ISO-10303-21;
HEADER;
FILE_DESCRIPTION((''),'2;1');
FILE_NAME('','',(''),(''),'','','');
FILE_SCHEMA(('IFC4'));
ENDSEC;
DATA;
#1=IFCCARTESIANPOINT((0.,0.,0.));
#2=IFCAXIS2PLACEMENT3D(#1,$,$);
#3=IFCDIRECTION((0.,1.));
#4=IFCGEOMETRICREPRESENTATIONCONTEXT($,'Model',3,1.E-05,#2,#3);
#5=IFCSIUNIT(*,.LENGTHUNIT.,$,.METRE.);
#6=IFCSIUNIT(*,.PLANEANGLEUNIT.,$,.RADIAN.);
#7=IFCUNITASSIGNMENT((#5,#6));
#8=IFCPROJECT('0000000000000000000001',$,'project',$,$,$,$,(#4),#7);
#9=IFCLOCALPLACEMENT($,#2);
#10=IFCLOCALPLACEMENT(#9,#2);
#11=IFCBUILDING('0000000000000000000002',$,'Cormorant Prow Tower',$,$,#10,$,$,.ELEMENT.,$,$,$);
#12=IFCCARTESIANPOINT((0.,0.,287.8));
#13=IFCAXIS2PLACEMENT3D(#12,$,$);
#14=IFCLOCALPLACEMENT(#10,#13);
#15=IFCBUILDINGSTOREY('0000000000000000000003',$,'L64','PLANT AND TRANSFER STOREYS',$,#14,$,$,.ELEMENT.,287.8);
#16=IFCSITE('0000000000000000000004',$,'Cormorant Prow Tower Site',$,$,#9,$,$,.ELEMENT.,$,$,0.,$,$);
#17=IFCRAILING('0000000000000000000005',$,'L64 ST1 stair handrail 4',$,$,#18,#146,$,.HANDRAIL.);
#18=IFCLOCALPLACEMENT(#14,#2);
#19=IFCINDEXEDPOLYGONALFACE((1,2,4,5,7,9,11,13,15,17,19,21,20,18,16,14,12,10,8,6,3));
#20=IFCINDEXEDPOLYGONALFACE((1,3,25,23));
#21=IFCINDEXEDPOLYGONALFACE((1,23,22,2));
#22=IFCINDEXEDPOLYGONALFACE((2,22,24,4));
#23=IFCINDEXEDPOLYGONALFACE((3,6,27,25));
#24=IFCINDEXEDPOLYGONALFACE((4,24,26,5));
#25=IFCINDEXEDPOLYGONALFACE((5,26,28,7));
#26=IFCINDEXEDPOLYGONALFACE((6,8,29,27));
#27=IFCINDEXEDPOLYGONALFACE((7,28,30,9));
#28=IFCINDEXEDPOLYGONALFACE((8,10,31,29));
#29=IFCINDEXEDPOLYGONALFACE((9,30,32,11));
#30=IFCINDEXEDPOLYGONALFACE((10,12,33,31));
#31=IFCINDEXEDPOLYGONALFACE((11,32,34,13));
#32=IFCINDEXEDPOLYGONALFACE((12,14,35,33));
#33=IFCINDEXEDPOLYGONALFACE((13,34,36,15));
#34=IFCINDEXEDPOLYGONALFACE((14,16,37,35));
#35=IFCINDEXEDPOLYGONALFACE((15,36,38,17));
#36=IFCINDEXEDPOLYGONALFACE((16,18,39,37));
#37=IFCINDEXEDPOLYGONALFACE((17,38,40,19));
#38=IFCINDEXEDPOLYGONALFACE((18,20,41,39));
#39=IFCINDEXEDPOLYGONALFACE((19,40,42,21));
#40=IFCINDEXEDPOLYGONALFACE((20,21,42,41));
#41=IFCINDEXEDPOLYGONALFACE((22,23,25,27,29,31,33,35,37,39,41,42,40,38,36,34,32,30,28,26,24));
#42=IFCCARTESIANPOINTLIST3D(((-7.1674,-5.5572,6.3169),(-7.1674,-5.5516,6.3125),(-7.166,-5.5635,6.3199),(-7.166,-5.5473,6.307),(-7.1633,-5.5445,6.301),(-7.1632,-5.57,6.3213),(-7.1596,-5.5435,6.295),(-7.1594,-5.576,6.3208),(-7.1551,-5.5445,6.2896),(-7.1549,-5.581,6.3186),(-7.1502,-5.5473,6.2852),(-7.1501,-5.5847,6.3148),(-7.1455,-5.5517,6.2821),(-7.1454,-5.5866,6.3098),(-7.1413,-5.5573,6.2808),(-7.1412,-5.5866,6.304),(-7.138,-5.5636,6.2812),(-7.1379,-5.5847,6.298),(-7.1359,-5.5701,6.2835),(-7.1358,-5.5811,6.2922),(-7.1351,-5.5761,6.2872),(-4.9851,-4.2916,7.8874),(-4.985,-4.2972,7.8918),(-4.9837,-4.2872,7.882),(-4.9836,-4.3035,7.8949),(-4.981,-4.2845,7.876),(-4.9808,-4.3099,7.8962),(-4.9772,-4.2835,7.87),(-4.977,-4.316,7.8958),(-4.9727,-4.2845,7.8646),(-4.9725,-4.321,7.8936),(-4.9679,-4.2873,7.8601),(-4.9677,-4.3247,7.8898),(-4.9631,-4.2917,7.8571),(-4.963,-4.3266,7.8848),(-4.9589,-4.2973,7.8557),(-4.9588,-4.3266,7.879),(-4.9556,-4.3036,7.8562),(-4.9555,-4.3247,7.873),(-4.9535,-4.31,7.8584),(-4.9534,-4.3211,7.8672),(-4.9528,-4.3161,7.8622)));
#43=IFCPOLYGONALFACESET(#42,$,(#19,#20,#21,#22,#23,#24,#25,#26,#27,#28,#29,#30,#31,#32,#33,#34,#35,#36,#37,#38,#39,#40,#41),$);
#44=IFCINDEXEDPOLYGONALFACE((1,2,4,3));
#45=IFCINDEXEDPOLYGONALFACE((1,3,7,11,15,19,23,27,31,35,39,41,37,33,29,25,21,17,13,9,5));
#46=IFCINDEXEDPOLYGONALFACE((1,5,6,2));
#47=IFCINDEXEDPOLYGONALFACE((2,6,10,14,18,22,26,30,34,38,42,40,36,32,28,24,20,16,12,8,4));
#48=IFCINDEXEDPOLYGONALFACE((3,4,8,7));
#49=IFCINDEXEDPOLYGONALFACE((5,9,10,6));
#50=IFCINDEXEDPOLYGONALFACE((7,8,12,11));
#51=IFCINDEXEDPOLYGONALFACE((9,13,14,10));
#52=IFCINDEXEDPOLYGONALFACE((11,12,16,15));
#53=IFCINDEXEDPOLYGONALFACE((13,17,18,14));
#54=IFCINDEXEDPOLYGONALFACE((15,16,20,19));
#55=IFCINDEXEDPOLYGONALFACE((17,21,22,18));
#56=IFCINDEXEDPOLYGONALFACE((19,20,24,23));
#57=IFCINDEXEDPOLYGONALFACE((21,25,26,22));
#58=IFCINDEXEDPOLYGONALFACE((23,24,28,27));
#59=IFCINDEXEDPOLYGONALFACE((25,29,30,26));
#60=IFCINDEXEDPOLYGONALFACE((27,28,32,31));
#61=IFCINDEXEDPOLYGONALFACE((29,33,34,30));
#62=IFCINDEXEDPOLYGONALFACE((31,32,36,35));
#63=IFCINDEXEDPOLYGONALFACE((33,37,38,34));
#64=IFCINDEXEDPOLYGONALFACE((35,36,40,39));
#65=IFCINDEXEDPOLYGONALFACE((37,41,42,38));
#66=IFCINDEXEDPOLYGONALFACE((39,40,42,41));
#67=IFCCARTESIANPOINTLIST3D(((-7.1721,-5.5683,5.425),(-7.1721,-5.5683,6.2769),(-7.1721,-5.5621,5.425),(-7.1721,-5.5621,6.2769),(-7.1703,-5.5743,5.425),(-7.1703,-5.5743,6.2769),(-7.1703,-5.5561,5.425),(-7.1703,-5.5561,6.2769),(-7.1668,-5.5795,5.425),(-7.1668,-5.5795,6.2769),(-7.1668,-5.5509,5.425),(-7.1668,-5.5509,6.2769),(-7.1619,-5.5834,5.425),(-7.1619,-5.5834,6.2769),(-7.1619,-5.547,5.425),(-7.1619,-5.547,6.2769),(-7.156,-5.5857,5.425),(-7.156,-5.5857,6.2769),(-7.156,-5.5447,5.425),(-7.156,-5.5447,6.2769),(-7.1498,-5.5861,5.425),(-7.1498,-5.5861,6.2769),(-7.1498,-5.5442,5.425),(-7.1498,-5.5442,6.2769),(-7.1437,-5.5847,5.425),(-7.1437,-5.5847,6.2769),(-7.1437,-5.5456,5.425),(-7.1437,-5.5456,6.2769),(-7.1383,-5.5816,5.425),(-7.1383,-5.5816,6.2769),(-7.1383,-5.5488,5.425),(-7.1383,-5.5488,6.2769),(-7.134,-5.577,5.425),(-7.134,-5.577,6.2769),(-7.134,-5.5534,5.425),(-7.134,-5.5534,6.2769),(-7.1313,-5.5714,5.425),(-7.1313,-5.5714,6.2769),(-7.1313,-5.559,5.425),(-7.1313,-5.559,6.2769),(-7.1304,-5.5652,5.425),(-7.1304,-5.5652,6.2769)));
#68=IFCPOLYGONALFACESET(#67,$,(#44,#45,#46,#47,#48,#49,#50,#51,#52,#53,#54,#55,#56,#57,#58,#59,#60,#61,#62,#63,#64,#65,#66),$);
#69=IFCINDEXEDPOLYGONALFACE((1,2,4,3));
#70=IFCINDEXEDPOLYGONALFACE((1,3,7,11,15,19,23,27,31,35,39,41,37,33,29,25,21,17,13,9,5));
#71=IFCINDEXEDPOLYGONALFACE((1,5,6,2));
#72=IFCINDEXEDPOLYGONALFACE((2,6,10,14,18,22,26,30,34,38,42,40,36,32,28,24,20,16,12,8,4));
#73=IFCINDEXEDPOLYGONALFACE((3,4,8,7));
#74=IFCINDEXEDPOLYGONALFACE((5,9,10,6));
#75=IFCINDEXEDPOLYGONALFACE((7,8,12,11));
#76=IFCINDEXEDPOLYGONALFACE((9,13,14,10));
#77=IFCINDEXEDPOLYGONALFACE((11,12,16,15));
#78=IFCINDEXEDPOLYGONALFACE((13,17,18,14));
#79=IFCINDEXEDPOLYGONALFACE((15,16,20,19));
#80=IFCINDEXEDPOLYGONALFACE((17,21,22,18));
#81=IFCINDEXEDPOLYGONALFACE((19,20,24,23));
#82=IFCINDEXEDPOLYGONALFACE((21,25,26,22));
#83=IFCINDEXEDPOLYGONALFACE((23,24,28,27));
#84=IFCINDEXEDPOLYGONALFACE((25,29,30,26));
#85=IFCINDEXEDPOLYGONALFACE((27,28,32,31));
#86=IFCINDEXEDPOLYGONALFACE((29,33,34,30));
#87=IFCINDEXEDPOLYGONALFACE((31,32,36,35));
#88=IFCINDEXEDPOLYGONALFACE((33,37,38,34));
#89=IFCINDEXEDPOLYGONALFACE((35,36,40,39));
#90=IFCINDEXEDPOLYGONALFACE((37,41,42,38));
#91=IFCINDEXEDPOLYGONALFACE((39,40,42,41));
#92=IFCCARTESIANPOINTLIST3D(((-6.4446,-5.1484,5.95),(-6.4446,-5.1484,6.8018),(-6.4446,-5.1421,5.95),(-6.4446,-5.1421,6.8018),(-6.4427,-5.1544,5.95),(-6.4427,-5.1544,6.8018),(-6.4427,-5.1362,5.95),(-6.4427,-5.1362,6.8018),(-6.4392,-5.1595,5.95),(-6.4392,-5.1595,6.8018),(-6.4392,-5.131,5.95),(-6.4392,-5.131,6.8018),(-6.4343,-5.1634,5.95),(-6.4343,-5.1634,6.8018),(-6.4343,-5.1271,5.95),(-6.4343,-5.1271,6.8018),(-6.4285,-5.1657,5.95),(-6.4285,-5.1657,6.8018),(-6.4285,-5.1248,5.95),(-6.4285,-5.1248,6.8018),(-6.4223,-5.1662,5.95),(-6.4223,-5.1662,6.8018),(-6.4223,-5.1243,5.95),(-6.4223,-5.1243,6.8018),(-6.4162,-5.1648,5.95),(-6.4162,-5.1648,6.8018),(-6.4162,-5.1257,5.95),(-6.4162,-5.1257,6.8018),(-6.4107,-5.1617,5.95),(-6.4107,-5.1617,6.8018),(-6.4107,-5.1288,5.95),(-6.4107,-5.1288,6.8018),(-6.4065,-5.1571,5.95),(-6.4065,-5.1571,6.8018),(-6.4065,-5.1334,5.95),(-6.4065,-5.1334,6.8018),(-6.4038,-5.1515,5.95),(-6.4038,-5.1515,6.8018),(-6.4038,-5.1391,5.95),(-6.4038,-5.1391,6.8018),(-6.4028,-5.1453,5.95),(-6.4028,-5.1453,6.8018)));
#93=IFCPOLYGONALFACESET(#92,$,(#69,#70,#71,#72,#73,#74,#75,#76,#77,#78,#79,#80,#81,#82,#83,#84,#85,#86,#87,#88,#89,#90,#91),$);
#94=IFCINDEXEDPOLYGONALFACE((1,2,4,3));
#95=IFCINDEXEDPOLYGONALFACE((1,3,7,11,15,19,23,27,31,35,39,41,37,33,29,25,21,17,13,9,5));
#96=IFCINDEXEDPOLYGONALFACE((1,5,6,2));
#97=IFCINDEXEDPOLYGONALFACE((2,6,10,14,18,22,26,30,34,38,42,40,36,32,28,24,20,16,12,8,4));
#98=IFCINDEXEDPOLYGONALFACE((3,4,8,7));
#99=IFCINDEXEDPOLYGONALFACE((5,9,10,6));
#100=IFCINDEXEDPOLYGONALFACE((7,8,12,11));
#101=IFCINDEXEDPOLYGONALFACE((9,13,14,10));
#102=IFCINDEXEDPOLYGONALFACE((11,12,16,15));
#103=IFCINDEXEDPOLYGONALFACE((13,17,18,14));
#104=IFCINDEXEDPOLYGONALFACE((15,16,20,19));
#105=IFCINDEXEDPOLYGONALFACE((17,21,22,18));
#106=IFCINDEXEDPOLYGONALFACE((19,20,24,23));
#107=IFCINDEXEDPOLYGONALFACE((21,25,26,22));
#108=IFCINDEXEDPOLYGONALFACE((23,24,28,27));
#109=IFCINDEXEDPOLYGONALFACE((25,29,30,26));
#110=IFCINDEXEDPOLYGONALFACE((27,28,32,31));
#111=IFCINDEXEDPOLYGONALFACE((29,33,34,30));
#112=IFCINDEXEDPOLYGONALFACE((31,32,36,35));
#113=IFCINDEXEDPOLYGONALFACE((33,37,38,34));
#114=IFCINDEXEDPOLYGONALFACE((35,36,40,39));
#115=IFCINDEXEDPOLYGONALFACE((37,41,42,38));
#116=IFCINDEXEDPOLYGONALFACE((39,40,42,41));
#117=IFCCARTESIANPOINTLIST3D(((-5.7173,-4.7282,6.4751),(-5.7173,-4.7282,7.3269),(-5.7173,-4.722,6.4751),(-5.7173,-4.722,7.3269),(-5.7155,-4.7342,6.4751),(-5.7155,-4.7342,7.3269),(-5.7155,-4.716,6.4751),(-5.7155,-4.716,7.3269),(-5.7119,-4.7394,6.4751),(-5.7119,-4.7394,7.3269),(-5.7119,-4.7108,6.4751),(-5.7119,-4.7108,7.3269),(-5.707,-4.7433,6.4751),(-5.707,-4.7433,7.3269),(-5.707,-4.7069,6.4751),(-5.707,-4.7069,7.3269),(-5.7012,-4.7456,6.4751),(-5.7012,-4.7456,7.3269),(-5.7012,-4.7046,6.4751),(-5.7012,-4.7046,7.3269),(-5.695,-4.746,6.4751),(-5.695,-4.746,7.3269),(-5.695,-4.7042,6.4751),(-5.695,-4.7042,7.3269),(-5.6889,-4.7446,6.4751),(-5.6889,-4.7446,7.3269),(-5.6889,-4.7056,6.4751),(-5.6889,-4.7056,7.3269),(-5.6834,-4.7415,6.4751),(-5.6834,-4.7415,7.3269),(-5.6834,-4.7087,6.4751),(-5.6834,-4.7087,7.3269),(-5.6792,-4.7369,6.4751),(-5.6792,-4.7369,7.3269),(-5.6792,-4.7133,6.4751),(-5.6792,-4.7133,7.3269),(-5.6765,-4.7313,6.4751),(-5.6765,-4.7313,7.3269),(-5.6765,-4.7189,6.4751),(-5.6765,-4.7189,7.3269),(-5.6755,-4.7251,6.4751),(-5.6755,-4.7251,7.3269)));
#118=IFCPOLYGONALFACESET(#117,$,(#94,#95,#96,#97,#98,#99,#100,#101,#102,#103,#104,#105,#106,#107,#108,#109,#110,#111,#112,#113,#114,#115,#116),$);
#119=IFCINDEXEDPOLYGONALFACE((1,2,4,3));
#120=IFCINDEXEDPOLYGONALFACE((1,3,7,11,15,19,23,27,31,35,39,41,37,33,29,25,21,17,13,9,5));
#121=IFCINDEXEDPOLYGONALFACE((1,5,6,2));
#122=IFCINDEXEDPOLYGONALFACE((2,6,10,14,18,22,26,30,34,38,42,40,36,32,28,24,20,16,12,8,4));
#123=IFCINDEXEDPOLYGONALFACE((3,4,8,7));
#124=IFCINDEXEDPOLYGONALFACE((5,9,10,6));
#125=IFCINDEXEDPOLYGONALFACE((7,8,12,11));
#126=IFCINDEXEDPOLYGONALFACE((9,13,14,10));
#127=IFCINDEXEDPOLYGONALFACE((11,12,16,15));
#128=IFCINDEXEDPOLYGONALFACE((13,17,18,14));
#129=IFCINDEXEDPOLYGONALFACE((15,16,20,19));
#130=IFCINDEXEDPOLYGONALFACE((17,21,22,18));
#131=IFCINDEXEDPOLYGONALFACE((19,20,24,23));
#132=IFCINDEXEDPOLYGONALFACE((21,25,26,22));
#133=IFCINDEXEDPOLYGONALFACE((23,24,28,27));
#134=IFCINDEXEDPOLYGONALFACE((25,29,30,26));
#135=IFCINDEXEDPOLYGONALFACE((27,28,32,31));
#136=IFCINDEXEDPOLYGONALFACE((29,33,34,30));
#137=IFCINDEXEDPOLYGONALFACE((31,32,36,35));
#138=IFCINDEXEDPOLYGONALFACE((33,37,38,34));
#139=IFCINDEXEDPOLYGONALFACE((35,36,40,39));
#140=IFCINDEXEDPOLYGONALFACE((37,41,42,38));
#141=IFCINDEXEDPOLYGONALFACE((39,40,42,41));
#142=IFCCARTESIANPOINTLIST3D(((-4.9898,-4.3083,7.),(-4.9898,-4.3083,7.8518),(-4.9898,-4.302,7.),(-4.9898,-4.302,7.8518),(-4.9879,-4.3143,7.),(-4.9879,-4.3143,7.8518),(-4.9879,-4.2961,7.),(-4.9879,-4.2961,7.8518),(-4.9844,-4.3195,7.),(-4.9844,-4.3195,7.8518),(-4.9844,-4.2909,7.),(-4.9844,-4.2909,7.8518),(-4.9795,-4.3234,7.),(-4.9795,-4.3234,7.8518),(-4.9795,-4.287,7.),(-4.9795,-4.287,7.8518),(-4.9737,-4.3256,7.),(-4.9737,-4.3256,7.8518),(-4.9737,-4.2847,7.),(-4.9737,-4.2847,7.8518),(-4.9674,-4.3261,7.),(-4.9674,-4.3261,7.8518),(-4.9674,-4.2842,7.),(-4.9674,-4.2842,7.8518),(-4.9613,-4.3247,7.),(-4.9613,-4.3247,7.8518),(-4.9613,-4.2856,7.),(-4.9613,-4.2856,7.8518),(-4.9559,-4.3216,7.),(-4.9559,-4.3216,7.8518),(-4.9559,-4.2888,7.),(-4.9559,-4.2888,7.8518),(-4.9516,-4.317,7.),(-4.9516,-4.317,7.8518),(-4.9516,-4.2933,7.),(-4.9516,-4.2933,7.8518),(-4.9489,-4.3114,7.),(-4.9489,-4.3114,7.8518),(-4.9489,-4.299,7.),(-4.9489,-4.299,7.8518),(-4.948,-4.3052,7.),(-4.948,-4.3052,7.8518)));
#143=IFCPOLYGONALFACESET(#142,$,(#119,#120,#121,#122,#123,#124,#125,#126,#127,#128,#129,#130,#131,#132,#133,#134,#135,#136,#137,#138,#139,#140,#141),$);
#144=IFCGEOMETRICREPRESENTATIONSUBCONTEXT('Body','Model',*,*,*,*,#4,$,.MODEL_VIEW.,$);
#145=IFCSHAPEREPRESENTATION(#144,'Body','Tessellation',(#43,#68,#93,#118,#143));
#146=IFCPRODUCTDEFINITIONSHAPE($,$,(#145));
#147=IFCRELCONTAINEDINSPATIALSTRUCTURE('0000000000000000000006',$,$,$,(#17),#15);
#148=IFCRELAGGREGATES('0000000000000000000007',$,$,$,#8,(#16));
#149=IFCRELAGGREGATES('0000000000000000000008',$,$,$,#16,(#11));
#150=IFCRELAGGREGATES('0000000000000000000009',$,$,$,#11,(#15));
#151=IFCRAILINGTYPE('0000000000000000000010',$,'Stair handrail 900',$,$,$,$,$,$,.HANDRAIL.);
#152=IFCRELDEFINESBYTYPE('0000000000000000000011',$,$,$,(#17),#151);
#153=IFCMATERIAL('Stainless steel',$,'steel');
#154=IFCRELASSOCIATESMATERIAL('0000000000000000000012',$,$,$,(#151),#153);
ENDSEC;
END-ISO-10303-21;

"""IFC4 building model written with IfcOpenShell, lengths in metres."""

from ifc_helpers import new_model, si_unit, direction, frame, origin, origin_2d, place, context, subcontext, project, spatial, circle, extrude, material, type_object, element, save


model = new_model("IFC4")

# Units and contexts
model_context = context("Model", 3, precision=1e-05, world=origin(), true_north=direction((0.0, 1.0)))
body_context = subcontext(model_context, "Body", "Model", "MODEL_VIEW")
ifc_project = project(units=[si_unit("LENGTHUNIT", "METRE"), si_unit("PLANEANGLEUNIT", "RADIAN")], contexts=[model_context])

# Site, building, storey
site_placement = place(None, origin())
site = spatial("IfcSite", under=ifc_project, at=site_placement, Name="Cormorant Prow Tower Site", CompositionType="ELEMENT", RefElevation=0.0)
building_placement = place(site_placement, origin())
building = spatial("IfcBuilding", under=site, at=building_placement, Name="Cormorant Prow Tower", CompositionType="ELEMENT")
storey_placement = place(building_placement, frame((0.0, 0.0, 287.8)))
storey = spatial("IfcBuildingStorey", under=building, at=storey_placement, Name="L64", Description="PLANT AND TRANSFER STOREYS", CompositionType="ELEMENT", Elevation=287.8)

# Railing
ifc_material_1 = material(Name="Stainless steel", Category="steel")
railing_type = type_object("IfcRailingType", Name="Stair handrail 900", PredefinedType="HANDRAIL", material=ifc_material_1)
for number, where, name in (
    (1, (-7.1514, -5.5652, 5.425), "L64 ST1 stair handrail 4"),
):
    element("IfcRailing", number, at=place(storey_placement, frame(where)), inside=storey, type_object=railing_type, Name=name, PredefinedType="HANDRAIL", context=body_context, shape_type="SweptSolid", body=[
        extrude(circle(Radius=0.0239, at=origin_2d()), frame((0.0, 0.0, 0.876), z_axis=(0.734392, 0.424007, 0.529988), x_axis=(-0.500005, 0.866023, 0.0)), (0.0, 0.0, 1.0), 2.9717),
        extrude(circle(Radius=0.021, at=origin_2d()), origin(), (0.0, 0.0, 1.0), 0.8518),
        extrude(circle(Radius=0.021, at=origin_2d()), frame((0.7275, 0.4199, 0.5249)), (0.0, 0.0, 1.0), 0.8518),
        extrude(circle(Radius=0.021, at=origin_2d()), frame((1.4548, 0.8401, 1.05)), (0.0, 0.0, 1.0), 0.8518),
        extrude(circle(Radius=0.021, at=origin_2d()), frame((2.1824, 1.26, 1.575)), (0.0, 0.0, 1.0), 0.8518),
    ])

save(model, "model.ifc")
